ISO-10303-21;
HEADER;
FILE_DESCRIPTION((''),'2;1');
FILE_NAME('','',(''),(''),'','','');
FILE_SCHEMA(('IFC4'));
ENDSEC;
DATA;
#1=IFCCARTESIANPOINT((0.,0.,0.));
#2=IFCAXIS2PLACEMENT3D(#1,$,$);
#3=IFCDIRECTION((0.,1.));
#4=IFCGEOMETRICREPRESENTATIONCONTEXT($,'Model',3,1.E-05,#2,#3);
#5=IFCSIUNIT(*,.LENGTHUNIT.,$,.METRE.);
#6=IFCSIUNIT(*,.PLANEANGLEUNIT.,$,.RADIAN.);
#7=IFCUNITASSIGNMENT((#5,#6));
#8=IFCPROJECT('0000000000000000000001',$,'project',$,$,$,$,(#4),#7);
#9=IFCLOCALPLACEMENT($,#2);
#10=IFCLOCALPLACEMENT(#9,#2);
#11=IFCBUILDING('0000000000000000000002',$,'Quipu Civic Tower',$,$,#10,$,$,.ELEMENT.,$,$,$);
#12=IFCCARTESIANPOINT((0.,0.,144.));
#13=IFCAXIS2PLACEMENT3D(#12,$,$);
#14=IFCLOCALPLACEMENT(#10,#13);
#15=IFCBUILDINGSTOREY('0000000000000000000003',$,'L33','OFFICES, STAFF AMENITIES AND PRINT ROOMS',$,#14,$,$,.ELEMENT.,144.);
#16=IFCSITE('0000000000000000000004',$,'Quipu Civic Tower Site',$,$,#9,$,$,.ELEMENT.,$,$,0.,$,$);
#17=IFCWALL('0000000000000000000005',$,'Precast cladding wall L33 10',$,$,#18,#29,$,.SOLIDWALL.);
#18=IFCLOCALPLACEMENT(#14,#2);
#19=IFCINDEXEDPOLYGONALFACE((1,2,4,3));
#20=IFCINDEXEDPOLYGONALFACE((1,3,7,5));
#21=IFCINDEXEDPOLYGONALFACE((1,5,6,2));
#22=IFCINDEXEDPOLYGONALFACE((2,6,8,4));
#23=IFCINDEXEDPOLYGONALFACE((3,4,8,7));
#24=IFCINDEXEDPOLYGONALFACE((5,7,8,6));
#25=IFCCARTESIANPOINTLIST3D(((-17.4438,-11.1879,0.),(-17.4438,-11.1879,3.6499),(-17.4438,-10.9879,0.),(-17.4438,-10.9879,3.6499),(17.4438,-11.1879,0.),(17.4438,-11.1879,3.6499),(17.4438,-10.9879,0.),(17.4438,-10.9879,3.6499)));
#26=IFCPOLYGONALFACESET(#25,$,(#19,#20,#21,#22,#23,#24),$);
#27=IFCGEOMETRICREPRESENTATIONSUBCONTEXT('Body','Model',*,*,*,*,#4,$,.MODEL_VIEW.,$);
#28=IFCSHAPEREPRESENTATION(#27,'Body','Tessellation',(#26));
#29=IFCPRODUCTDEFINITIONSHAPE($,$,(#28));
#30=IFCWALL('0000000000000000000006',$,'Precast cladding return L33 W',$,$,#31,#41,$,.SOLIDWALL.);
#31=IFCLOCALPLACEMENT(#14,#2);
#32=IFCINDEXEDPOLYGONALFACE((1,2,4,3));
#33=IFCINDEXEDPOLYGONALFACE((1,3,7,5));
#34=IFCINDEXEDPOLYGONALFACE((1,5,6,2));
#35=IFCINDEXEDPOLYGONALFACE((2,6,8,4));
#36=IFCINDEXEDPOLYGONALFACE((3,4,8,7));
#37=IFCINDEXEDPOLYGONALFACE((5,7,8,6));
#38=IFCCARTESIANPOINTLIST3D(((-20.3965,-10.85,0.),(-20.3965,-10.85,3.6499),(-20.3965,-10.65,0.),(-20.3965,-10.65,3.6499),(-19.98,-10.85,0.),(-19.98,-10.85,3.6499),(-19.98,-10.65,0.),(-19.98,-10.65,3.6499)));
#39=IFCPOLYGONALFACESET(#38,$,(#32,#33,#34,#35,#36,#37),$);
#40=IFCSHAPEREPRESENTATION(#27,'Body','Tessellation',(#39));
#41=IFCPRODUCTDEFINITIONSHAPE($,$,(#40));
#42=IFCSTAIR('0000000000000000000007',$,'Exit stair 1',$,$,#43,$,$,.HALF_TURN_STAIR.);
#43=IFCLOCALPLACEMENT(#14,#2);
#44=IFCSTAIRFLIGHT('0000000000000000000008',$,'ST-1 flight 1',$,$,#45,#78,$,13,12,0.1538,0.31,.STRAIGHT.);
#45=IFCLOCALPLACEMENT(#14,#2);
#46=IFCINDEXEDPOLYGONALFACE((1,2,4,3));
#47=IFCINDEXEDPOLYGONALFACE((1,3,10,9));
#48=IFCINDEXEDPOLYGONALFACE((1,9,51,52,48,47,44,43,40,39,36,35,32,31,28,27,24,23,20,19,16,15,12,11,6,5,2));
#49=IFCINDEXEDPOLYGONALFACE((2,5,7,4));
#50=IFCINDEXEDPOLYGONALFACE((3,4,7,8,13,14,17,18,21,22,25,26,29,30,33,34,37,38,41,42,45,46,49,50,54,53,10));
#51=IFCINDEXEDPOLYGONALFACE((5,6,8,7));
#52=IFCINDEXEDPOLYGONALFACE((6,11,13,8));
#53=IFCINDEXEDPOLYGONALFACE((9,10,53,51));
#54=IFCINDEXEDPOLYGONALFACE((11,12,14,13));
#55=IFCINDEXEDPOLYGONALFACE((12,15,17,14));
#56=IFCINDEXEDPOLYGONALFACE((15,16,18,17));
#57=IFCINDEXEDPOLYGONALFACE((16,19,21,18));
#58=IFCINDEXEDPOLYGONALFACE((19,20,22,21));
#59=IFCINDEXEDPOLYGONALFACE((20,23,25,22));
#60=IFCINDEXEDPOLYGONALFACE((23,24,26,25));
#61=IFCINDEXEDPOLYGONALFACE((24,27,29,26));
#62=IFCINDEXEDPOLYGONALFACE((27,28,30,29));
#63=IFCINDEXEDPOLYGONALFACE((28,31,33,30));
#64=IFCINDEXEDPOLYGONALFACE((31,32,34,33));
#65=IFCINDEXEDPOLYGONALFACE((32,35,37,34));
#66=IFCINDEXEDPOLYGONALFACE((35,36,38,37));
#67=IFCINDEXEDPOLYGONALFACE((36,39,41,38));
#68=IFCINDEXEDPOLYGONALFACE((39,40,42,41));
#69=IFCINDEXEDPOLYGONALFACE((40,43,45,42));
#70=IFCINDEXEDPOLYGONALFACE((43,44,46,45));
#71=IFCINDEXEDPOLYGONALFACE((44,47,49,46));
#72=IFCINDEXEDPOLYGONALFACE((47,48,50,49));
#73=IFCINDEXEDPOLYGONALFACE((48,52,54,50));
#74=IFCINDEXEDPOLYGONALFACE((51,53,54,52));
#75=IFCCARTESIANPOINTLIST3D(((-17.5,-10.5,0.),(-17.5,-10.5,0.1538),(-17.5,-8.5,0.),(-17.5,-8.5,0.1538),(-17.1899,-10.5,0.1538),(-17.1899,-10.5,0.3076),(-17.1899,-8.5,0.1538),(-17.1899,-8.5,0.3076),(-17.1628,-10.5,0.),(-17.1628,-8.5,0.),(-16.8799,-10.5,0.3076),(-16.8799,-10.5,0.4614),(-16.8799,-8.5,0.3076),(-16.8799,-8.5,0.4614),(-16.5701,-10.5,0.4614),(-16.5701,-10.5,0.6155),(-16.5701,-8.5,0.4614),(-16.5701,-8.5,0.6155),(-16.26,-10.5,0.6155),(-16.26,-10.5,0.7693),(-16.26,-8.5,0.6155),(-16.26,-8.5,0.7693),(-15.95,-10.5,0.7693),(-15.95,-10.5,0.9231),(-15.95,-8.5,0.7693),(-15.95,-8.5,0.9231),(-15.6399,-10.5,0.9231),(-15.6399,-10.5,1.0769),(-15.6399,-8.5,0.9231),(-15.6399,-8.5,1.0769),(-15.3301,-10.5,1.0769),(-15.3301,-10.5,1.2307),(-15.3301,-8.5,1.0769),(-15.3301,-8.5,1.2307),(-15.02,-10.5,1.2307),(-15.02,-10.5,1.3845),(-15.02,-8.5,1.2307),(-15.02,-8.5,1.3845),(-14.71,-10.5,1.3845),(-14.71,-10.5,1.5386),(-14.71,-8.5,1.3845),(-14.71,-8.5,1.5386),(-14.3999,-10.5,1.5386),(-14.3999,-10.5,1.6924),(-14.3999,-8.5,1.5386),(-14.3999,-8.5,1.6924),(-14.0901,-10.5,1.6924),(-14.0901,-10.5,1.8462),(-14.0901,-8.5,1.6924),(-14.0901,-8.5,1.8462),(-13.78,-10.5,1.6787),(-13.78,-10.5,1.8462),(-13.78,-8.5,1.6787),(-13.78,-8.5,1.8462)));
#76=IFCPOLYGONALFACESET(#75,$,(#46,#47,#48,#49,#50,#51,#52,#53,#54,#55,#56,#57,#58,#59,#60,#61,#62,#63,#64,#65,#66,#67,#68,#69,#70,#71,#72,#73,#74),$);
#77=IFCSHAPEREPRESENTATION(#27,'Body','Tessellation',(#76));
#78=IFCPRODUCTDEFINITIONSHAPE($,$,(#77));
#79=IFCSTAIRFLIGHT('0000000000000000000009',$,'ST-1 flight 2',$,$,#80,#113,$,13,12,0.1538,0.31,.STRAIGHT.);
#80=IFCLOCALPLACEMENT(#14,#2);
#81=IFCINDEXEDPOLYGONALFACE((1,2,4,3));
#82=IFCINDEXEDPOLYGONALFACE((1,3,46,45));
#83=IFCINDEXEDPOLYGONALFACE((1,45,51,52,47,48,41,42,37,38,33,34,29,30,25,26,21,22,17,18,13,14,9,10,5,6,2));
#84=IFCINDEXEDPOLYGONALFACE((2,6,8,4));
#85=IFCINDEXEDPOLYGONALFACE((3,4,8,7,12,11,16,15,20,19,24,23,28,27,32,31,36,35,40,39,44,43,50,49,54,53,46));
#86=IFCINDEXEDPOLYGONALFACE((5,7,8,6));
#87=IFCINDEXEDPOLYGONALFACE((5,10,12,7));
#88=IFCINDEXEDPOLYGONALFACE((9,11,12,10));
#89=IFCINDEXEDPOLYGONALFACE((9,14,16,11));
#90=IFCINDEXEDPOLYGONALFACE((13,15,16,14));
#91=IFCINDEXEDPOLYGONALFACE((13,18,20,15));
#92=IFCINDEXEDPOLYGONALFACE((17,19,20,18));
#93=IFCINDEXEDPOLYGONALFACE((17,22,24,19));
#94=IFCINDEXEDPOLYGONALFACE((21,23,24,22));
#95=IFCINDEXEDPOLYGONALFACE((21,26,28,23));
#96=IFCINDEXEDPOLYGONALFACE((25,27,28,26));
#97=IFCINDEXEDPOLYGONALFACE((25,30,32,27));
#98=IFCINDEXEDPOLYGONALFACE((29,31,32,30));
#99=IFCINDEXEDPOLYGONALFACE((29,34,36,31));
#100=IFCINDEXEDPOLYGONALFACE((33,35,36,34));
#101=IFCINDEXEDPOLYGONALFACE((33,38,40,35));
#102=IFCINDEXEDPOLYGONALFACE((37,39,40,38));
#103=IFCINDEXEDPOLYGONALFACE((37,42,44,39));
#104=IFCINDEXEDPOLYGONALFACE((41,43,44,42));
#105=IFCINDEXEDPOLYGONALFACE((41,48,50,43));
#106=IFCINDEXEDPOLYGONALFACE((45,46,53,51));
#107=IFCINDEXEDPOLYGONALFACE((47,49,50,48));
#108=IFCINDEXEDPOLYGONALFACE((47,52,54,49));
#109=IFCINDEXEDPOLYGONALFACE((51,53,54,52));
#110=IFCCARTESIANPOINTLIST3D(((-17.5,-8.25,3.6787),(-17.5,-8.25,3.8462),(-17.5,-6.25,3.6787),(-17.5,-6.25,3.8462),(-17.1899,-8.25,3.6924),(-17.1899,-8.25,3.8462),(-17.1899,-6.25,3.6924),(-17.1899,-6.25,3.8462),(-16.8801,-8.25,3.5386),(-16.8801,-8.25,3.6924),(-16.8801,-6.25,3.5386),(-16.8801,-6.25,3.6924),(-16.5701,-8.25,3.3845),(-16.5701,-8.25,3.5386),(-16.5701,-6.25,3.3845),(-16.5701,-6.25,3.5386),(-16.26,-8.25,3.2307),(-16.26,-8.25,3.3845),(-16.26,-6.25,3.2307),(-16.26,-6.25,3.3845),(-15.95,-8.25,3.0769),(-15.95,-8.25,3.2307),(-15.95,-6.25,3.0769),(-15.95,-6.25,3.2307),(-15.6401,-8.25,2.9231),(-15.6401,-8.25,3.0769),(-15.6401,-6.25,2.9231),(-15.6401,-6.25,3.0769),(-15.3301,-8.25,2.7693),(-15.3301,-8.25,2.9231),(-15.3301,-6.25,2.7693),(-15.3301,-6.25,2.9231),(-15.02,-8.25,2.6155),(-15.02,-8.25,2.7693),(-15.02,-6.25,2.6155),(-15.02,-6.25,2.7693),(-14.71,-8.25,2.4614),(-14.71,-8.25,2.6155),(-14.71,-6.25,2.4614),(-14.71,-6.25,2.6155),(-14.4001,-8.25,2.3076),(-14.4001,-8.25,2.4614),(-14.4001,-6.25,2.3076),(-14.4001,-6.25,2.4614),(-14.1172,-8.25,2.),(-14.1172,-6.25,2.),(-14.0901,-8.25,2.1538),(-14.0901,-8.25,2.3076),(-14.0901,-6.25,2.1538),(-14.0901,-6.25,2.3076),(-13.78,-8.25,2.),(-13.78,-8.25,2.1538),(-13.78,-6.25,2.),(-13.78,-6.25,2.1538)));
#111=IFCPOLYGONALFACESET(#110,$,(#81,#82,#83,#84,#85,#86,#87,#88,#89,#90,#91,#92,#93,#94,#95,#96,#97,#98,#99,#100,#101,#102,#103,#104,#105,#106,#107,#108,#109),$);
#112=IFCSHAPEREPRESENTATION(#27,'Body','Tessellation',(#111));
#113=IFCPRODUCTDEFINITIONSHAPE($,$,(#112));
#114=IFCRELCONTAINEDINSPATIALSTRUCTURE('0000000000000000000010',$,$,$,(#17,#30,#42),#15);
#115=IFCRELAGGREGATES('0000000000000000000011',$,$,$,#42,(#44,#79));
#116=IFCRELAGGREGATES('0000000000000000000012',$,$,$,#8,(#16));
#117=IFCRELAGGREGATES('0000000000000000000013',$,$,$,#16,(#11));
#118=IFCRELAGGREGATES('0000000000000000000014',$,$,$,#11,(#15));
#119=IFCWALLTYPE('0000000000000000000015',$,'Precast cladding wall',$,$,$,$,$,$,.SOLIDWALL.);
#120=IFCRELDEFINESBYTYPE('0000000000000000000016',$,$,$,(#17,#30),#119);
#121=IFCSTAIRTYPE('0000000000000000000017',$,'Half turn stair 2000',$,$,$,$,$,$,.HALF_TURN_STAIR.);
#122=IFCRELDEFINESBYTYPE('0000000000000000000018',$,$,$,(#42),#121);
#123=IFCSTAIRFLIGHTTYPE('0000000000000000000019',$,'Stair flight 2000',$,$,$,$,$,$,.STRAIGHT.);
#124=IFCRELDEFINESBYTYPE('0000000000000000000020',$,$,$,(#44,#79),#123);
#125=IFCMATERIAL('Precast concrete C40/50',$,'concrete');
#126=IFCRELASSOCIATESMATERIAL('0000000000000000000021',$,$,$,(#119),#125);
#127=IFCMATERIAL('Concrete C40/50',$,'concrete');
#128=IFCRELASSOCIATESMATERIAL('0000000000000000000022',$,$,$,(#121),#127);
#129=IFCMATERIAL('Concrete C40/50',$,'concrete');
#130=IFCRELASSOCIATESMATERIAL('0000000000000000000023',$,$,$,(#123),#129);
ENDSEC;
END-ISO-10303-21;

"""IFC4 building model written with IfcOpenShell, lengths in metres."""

from ifc_helpers import new_model, si_unit, direction, frame, frame_2d, origin, place, context, subcontext, project, spatial, polyline, rectangle, outline, extrude, material, type_object, element, aggregate, save


model = new_model("IFC4")

# Units and contexts
model_context = context("Model", 3, precision=1e-05, world=origin(), true_north=direction((0.0, 1.0)))
body_context = subcontext(model_context, "Body", "Model", "MODEL_VIEW")
ifc_project = project(units=[si_unit("LENGTHUNIT", "METRE"), si_unit("PLANEANGLEUNIT", "RADIAN")], contexts=[model_context])

# Site, building, storey
site_placement = place(None, origin())
site = spatial("IfcSite", under=ifc_project, at=site_placement, Name="Quipu Civic Tower Site", CompositionType="ELEMENT", RefElevation=0.0)
building_placement = place(site_placement, origin())
building = spatial("IfcBuilding", under=site, at=building_placement, Name="Quipu Civic Tower", CompositionType="ELEMENT")
storey_placement = place(building_placement, frame((0.0, 0.0, 144.0)))
storey = spatial("IfcBuildingStorey", under=building, at=storey_placement, Name="L33", Description="OFFICES, STAFF AMENITIES AND PRINT ROOMS", CompositionType="ELEMENT", Elevation=144.0)

# Walls
ifc_material_1 = material(Name="Precast concrete C40/50", Category="concrete")
wall_type_1 = type_object("IfcWallType", Name="Precast cladding wall", PredefinedType="SOLIDWALL", material=ifc_material_1)
wall_1_placement = place(storey_placement, frame((-17.4438, -11.0879, 0.0), z_axis=(0.0, 0.0, 1.0), x_axis=(1.0, 0.0, 0.0)))
element("IfcWall", 1, at=wall_1_placement, inside=storey, type_object=wall_type_1, Name="Precast cladding wall L33 10", PredefinedType="SOLIDWALL", context=body_context, shape_type="SweptSolid", body=[
    extrude(rectangle(XDim=34.8877, YDim=0.2, at=frame_2d((17.4438, 0.0))), origin(), (0.0, 0.0, 1.0), 3.6499),
])
wall_2_placement = place(storey_placement, frame((-19.98, -10.75, 0.0), z_axis=(0.0, 0.0, 1.0), x_axis=(-1.0, 0.0, 0.0)))
element("IfcWall", 2, at=wall_2_placement, inside=storey, type_object=wall_type_1, Name="Precast cladding return L33 W", PredefinedType="SOLIDWALL", context=body_context, shape_type="SweptSolid", body=[
    extrude(rectangle(XDim=0.4165, YDim=0.2, at=frame_2d((0.2083, 0.0))), origin(), (0.0, 0.0, 1.0), 3.6499),
])

# Stair, stair flights
ifc_material_2 = material(Name="Concrete C40/50", Category="concrete")
stair_type = type_object("IfcStairType", Name="Half turn stair 2000", PredefinedType="HALF_TURN_STAIR", material=ifc_material_2)
stair_placement = place(storey_placement, origin())
stair = element("IfcStair", 3, at=stair_placement, inside=storey, type_object=stair_type, Name="Exit stair 1", PredefinedType="HALF_TURN_STAIR")
ifc_material_3 = material(Name="Concrete C40/50", Category="concrete")
stair_flight_type = type_object("IfcStairFlightType", Name="Stair flight 2000", PredefinedType="STRAIGHT", material=ifc_material_3)
stair_flight_1_placement = place(storey_placement, frame((-17.5, -9.5, 0.0), z_axis=(0.0, 0.0, 1.0), x_axis=(1.0, 0.0, 0.0)))
stair_flight_1 = element("IfcStairFlight", 4, at=stair_flight_1_placement, type_object=stair_flight_type, Name="ST-1 flight 1", NumberOfRisers=13, NumberOfTreads=12, PredefinedType="STRAIGHT", RiserHeight=0.1538, TreadLength=0.31, context=body_context, shape_type="SweptSolid", body=[
    extrude(outline(polyline([(0.0, 0.0), (0.0, 0.1538), (0.3101, 0.1538), (0.3101, 0.3076), (0.6201, 0.3076), (0.6201, 0.4614), (0.9299, 0.4614), (0.9299, 0.6155), (1.24, 0.6155), (1.24, 0.7693), (1.55, 0.7693), (1.55, 0.9231), (1.8601, 0.9231), (1.8601, 1.0769), (2.1699, 1.0769), (2.1699, 1.2307), (2.48, 1.2307), (2.48, 1.3845), (2.79, 1.3845), (2.79, 1.5386), (3.1001, 1.5386), (3.1001, 1.6924), (3.4099, 1.6924), (3.4099, 1.8462), (3.72, 1.8462), (3.72, 2.0), (3.72, 1.6787), (0.3372, 0.0), (0.0, 0.0)])), frame((0.0, 1.0, 0.0), z_axis=(0.0, -1.0, 0.0), x_axis=(1.0, 0.0, 0.0)), (0.0, 0.0, 1.0), 2.0),
])
stair_flight_2_placement = place(storey_placement, frame((-13.78, -7.25, 2.0), z_axis=(0.0, 0.0, 1.0), x_axis=(-1.0, 0.0, 0.0)))
stair_flight_2 = element("IfcStairFlight", 5, at=stair_flight_2_placement, type_object=stair_flight_type, Name="ST-1 flight 2", NumberOfRisers=13, NumberOfTreads=12, PredefinedType="STRAIGHT", RiserHeight=0.1538, TreadLength=0.31, context=body_context, shape_type="SweptSolid", body=[
    extrude(outline(polyline([(0.0, 0.0), (0.0, 0.1538), (0.3101, 0.1538), (0.3101, 0.3076), (0.6201, 0.3076), (0.6201, 0.4614), (0.9299, 0.4614), (0.9299, 0.6155), (1.24, 0.6155), (1.24, 0.7693), (1.55, 0.7693), (1.55, 0.9231), (1.8601, 0.9231), (1.8601, 1.0769), (2.1699, 1.0769), (2.1699, 1.2307), (2.48, 1.2307), (2.48, 1.3845), (2.79, 1.3845), (2.79, 1.5386), (3.1001, 1.5386), (3.1001, 1.6924), (3.4099, 1.6924), (3.4099, 1.8462), (3.72, 1.8462), (3.72, 2.0), (3.72, 1.6787), (0.3372, 0.0), (0.0, 0.0)])), frame((0.0, 1.0, 0.0), z_axis=(0.0, -1.0, 0.0), x_axis=(1.0, 0.0, 0.0)), (0.0, 0.0, 1.0), 2.0),
])
aggregate(stair, [stair_flight_1, stair_flight_2])

save(model, "model.ifc")
